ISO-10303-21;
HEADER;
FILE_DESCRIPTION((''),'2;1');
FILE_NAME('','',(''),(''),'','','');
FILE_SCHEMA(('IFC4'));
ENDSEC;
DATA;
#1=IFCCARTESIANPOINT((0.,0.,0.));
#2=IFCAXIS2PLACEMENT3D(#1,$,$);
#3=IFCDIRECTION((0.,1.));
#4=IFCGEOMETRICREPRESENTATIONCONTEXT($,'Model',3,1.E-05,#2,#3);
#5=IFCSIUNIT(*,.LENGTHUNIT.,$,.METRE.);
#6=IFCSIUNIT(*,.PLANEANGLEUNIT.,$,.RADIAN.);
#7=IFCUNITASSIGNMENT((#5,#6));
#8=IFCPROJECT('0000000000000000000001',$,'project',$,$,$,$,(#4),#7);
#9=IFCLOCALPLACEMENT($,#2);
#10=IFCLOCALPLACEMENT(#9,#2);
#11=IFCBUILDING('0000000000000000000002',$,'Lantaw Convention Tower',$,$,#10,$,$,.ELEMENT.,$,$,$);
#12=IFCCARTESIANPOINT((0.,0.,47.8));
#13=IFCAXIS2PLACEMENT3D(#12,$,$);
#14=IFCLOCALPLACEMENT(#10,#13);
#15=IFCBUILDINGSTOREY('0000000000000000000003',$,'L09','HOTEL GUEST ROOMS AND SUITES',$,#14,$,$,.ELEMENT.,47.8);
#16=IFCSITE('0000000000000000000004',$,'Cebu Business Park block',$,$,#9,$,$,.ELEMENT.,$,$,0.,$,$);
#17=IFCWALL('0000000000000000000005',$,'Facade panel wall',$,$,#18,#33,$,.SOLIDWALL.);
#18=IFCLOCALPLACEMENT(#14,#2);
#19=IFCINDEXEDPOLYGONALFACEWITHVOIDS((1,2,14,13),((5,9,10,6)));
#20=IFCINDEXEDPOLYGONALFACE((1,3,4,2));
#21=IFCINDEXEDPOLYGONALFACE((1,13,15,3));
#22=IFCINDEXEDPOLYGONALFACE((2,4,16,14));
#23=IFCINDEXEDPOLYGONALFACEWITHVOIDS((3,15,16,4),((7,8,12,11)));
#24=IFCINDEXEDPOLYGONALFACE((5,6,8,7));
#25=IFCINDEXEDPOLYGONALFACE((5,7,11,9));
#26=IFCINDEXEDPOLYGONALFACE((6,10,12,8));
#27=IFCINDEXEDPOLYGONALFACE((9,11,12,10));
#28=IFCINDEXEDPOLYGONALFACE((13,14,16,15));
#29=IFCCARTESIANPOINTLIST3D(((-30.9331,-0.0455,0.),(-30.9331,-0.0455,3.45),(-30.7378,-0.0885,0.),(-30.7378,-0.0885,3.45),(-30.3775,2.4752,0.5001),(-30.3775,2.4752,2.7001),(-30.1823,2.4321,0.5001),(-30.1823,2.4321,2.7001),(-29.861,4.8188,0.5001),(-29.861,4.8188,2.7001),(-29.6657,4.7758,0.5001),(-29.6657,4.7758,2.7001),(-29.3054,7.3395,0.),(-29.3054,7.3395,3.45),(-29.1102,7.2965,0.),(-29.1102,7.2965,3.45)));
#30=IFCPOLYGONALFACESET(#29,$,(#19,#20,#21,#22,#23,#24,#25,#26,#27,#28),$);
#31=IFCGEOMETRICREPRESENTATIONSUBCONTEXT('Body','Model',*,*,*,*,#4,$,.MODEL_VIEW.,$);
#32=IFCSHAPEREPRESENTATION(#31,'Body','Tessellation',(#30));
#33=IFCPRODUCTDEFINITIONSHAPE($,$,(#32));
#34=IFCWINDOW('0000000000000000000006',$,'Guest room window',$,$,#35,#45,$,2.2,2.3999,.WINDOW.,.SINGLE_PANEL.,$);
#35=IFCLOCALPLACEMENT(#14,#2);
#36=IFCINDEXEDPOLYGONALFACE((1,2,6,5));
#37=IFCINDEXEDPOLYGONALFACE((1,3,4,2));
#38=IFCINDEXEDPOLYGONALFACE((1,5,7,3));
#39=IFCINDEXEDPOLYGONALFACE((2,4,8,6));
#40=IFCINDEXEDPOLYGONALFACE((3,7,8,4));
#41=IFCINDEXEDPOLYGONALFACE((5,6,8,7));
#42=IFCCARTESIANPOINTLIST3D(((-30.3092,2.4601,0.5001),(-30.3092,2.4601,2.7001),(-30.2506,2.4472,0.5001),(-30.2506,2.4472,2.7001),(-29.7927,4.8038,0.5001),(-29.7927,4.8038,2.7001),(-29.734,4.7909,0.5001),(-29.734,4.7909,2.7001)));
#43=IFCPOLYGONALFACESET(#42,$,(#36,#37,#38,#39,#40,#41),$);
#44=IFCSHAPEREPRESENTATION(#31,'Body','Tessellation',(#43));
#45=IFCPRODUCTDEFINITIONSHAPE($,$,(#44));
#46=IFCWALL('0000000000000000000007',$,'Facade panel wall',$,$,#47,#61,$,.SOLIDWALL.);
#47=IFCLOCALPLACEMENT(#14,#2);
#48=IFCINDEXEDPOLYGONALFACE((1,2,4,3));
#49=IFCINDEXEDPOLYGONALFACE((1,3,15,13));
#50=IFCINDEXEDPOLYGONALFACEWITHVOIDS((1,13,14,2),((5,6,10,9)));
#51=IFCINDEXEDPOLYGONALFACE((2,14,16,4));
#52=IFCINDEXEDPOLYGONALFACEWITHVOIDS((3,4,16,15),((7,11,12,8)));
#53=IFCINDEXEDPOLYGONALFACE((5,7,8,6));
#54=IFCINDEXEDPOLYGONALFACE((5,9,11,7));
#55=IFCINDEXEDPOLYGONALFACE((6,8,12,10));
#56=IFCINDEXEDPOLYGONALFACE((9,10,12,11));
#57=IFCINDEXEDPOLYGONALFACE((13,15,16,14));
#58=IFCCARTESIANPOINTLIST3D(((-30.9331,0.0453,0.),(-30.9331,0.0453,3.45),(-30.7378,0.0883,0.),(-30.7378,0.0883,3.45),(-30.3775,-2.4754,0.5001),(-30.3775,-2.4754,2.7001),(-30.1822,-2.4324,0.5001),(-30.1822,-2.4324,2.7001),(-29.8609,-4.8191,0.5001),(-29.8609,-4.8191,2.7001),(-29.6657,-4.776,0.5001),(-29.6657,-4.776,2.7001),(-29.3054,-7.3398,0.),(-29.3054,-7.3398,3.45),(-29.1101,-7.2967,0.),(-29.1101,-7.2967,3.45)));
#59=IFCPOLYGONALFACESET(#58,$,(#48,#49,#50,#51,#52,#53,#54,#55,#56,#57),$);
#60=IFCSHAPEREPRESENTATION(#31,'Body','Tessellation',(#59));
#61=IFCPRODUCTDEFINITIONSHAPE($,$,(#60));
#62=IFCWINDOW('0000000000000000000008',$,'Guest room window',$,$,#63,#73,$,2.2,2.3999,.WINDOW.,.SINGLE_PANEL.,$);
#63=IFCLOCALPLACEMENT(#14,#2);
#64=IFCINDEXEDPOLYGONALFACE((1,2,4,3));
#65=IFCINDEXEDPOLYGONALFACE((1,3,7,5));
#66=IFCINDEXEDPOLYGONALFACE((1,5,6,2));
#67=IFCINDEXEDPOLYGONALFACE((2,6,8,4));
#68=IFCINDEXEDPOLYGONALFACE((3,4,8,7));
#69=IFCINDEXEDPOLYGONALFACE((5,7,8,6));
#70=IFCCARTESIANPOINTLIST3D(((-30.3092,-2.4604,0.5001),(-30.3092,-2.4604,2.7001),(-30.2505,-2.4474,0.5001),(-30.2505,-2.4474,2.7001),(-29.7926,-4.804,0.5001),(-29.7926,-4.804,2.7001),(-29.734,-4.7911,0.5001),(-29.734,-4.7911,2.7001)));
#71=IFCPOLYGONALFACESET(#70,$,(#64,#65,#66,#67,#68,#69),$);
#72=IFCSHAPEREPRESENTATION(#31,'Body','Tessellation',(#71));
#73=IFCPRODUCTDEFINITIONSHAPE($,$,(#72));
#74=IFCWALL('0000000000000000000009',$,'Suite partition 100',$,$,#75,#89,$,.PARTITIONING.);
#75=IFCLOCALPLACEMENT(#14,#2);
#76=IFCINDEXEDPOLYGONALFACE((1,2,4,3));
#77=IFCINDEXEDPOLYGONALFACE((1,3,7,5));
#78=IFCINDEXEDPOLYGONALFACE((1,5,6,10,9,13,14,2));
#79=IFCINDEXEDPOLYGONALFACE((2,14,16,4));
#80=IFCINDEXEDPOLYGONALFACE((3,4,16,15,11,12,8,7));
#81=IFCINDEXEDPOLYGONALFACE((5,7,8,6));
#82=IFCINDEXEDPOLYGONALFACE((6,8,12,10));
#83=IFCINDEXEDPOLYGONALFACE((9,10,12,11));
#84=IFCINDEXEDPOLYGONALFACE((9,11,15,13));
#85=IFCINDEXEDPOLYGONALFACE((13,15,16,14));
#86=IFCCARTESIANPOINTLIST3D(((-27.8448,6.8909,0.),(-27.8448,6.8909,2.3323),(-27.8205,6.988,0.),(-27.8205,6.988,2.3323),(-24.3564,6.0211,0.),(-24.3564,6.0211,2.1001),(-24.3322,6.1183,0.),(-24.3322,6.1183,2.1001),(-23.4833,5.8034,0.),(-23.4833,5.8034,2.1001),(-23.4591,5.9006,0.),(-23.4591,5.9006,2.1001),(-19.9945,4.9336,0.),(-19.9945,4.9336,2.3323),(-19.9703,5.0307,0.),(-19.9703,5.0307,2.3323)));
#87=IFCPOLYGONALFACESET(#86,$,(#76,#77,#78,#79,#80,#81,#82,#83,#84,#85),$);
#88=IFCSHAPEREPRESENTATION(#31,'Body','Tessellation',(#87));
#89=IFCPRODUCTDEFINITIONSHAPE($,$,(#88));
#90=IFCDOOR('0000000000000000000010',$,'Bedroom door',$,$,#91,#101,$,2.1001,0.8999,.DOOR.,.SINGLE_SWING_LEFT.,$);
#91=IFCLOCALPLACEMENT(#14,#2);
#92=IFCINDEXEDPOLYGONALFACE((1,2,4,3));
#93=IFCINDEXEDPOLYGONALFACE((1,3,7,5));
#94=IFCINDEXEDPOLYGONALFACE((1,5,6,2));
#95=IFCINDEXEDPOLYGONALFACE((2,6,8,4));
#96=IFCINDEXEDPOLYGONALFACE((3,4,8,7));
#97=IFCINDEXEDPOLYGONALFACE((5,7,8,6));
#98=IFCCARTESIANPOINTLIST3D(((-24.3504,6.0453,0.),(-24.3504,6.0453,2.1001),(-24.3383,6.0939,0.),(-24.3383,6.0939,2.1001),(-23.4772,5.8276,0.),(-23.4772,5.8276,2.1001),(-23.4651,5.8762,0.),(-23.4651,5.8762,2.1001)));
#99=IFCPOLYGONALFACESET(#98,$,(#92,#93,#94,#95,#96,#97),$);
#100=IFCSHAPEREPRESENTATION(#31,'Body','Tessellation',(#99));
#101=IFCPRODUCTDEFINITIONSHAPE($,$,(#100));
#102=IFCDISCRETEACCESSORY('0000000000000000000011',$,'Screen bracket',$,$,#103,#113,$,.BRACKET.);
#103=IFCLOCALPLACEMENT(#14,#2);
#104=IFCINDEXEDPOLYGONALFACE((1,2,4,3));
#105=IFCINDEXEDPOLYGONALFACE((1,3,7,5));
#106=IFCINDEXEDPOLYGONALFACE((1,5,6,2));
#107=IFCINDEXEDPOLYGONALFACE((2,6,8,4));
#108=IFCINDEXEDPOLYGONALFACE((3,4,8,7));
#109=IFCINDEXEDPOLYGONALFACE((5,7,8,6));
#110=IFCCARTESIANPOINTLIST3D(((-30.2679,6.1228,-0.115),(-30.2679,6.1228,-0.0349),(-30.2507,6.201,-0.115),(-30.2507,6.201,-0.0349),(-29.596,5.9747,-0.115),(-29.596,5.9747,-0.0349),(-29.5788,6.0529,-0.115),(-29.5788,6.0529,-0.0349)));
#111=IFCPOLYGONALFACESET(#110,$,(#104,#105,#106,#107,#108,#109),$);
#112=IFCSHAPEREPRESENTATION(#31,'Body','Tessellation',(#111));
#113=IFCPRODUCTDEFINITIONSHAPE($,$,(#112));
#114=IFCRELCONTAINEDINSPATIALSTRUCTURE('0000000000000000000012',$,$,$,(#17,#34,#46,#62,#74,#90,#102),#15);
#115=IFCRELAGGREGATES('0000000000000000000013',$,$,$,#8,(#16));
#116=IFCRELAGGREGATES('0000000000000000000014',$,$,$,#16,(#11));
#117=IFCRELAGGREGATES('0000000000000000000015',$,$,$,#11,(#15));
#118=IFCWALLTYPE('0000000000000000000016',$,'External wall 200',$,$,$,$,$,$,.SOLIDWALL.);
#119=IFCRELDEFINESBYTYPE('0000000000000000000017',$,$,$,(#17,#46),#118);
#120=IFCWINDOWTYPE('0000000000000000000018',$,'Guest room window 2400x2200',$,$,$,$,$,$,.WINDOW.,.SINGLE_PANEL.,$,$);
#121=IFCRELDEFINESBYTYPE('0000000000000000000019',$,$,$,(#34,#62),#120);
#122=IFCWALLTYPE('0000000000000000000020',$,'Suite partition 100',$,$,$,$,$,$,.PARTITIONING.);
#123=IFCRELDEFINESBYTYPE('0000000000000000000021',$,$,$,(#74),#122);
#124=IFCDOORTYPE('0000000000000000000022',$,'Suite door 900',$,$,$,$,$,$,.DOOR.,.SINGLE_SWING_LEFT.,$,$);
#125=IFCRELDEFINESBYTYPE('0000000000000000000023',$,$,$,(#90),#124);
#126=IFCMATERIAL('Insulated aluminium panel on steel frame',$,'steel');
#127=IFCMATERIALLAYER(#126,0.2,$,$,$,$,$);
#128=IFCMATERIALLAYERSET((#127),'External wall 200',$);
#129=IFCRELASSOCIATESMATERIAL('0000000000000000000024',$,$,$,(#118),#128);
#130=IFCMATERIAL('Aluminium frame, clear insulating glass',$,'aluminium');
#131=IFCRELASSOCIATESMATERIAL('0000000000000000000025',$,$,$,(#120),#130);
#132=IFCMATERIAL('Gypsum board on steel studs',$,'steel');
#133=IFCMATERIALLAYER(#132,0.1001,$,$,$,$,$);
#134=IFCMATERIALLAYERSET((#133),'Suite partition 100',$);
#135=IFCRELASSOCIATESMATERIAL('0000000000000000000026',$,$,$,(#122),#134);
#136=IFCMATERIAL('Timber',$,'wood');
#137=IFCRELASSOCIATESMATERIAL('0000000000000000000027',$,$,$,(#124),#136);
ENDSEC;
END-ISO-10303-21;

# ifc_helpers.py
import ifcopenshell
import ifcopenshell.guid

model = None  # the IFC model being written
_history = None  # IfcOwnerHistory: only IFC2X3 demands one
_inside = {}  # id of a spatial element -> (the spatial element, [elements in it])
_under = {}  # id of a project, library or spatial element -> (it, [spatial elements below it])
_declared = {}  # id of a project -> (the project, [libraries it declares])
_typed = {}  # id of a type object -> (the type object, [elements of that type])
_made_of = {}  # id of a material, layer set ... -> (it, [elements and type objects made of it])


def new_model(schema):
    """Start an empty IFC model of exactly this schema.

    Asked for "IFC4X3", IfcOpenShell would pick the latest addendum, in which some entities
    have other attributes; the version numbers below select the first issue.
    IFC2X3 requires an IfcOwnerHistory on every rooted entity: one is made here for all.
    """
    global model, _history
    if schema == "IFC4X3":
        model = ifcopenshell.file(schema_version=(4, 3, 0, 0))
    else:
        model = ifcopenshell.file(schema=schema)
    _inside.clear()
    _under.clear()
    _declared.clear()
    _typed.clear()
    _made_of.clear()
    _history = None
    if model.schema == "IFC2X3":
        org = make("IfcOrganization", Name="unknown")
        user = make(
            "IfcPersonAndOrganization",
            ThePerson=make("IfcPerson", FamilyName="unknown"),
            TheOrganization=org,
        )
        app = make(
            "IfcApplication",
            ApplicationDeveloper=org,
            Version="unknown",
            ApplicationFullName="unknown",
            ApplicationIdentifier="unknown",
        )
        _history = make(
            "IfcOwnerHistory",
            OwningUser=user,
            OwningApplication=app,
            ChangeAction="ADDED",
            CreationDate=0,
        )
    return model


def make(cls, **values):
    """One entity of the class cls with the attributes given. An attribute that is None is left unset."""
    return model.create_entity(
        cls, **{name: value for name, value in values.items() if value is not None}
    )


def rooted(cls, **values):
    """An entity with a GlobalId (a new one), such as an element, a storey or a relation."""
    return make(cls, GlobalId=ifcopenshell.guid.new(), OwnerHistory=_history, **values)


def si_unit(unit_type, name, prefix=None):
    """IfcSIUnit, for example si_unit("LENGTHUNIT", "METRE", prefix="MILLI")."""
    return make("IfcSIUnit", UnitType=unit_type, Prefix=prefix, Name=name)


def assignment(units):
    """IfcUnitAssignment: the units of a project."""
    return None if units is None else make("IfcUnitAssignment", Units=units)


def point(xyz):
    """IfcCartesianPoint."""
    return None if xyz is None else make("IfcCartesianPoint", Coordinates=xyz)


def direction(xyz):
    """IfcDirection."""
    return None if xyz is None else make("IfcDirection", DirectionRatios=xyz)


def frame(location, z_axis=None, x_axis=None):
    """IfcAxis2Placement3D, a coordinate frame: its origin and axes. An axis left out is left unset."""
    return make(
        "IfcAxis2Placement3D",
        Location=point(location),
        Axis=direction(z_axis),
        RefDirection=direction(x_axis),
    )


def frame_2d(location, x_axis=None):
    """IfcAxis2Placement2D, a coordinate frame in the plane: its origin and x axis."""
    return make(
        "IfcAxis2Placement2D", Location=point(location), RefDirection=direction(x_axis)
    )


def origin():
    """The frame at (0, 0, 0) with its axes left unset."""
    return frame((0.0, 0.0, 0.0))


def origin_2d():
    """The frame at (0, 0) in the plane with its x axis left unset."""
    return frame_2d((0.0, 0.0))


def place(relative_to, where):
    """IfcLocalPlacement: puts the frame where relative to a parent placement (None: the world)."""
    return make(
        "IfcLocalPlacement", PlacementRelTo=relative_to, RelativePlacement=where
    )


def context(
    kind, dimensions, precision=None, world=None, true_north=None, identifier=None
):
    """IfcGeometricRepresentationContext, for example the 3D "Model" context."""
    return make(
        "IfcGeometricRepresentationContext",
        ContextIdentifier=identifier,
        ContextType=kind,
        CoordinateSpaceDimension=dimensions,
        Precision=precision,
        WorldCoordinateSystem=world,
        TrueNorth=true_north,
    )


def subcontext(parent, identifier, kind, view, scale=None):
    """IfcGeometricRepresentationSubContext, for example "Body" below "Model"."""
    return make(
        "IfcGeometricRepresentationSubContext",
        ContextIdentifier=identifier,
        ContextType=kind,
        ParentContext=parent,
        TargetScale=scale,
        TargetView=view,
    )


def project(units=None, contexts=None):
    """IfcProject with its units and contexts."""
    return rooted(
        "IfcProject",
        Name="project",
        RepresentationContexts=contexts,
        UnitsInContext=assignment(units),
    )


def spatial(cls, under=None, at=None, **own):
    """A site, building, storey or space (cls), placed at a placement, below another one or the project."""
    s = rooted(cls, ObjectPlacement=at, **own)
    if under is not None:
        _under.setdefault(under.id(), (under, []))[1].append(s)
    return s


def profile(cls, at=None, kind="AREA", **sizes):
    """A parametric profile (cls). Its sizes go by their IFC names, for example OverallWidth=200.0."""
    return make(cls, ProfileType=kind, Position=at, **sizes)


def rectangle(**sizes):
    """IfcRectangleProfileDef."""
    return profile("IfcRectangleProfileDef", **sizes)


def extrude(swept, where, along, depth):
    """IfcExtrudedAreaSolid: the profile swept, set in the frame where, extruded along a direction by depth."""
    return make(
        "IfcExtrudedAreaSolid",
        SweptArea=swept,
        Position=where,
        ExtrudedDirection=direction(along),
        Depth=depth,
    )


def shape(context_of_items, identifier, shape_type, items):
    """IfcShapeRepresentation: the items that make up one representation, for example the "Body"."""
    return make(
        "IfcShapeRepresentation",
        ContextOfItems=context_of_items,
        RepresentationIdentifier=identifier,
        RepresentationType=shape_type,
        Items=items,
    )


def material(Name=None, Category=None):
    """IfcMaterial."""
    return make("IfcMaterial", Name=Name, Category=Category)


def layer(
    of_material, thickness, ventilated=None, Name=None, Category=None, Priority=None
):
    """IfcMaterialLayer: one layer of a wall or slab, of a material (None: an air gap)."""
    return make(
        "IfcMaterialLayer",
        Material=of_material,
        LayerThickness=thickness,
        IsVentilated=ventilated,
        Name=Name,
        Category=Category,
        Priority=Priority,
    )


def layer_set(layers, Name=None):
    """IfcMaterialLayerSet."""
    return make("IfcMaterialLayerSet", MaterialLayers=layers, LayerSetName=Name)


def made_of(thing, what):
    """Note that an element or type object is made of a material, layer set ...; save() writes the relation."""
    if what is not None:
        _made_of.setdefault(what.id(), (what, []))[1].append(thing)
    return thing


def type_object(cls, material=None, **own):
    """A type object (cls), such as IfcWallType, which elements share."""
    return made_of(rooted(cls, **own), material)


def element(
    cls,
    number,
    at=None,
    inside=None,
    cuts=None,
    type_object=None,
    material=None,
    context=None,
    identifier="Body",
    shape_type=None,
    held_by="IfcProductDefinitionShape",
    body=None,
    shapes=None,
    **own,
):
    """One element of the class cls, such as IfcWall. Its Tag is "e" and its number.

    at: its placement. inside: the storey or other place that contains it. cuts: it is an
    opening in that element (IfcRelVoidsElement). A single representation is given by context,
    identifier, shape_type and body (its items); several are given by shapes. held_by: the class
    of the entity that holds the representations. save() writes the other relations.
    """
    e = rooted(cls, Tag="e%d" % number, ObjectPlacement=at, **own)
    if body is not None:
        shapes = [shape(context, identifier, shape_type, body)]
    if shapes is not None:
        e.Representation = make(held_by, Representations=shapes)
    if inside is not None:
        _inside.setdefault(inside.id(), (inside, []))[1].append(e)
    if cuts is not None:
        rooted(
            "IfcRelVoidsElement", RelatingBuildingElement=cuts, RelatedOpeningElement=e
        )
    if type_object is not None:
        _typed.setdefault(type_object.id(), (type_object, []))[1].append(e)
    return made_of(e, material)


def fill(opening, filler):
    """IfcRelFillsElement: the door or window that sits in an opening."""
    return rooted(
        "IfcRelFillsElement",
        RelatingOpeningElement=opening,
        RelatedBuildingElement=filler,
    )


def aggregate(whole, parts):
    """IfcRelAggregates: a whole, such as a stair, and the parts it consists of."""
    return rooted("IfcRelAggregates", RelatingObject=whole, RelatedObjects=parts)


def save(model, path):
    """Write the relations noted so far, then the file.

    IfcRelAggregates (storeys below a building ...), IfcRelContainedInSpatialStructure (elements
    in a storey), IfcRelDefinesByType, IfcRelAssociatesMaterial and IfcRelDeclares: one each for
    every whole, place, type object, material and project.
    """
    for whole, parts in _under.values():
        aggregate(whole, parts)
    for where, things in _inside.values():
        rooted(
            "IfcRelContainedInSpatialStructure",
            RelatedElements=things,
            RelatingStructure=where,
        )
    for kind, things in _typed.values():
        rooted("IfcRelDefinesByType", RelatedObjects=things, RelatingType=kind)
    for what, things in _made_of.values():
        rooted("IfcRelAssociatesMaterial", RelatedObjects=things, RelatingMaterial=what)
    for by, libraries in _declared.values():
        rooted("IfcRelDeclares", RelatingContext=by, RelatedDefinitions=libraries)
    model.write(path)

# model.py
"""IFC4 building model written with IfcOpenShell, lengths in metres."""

from ifc_helpers import new_model, si_unit, direction, frame, frame_2d, origin, origin_2d, place, context, subcontext, project, spatial, rectangle, extrude, material, layer, layer_set, type_object, element, fill, save


model = new_model("IFC4")

# Units and contexts
model_context = context("Model", 3, precision=1e-05, world=origin(), true_north=direction((0.0, 1.0)))
body_context = subcontext(model_context, "Body", "Model", "MODEL_VIEW")
ifc_project = project(units=[si_unit("LENGTHUNIT", "METRE"), si_unit("PLANEANGLEUNIT", "RADIAN")], contexts=[model_context])

# Site, building, storey
site_placement = place(None, origin())
site = spatial("IfcSite", under=ifc_project, at=site_placement, Name="Cebu Business Park block", CompositionType="ELEMENT", RefElevation=0.0)
building_placement = place(site_placement, origin())
building = spatial("IfcBuilding", under=site, at=building_placement, Name="Lantaw Convention Tower", CompositionType="ELEMENT")
storey_placement = place(building_placement, frame((0.0, 0.0, 47.8)))
storey = spatial("IfcBuildingStorey", under=building, at=storey_placement, Name="L09", Description="HOTEL GUEST ROOMS AND SUITES", CompositionType="ELEMENT", Elevation=47.8)

# Walls, openings, windows
ifc_material_1 = material(Name="Insulated aluminium panel on steel frame", Category="steel")
ifc_layer_1 = layer(ifc_material_1, 0.2)
ifc_layer_set_1 = layer_set([ifc_layer_1], Name="External wall 200")
wall_type_1 = type_object("IfcWallType", Name="External wall 200", PredefinedType="SOLIDWALL", material=ifc_layer_set_1)
wall_1_placement = place(storey_placement, frame((-29.2078, 7.3181, 0.0), z_axis=(0.0, 0.0, 1.0), x_axis=(-0.215238, -0.976562, 0.0)))
wall_1 = element("IfcWall", 1, at=wall_1_placement, inside=storey, type_object=wall_type_1, Name="Facade panel wall", PredefinedType="SOLIDWALL", context=body_context, shape_type="SweptSolid", body=[
    extrude(rectangle(XDim=7.5623, YDim=0.2, at=frame_2d((3.7812, 0.0))), origin(), (0.0, 0.0, 1.0), 3.45),
])
opening_1_placement = place(wall_1_placement, frame((2.5813, 0.0, 0.5)))
opening_1 = element("IfcOpeningElement", 2, at=opening_1_placement, cuts=wall_1, PredefinedType="OPENING", context=body_context, shape_type="SweptSolid", body=[
    extrude(rectangle(XDim=2.3999, YDim=2.2, at=frame_2d((1.2, 1.1001))), frame((0.0, 0.1099, 0.0), z_axis=(0.0, -1.0, 0.0), x_axis=(1.0, 0.0, 0.0)), (0.0, 0.0, 1.0), 0.22),
])
ifc_material_2 = material(Name="Aluminium frame, clear insulating glass", Category="aluminium")
window_type = type_object("IfcWindowType", Name="Guest room window 2400x2200", PartitioningType="SINGLE_PANEL", PredefinedType="WINDOW", material=ifc_material_2)
window_1_placement = place(opening_1_placement, origin())
window_1 = element("IfcWindow", 3, at=window_1_placement, inside=storey, type_object=window_type, Name="Guest room window", OverallHeight=2.2, OverallWidth=2.3999, PartitioningType="SINGLE_PANEL", PredefinedType="WINDOW", context=body_context, shape_type="SweptSolid", body=[
    extrude(rectangle(XDim=2.3999, YDim=2.2, at=frame_2d((1.2, 1.1001))), frame((0.0, 0.03, 0.0), z_axis=(0.0, -1.0, 0.0), x_axis=(1.0, 0.0, 0.0)), (0.0, 0.0, 1.0), 0.0601),
])
fill(opening_1, window_1)
wall_2_placement = place(storey_placement, frame((-30.8354, 0.0669, 0.0), z_axis=(0.0, 0.0, 1.0), x_axis=(0.215238, -0.976562, 0.0)))
wall_2 = element("IfcWall", 4, at=wall_2_placement, inside=storey, type_object=wall_type_1, Name="Facade panel wall", PredefinedType="SOLIDWALL", context=body_context, shape_type="SweptSolid", body=[
    extrude(rectangle(XDim=7.5623, YDim=0.2, at=frame_2d((3.7812, 0.0))), origin(), (0.0, 0.0, 1.0), 3.45),
])
opening_2_placement = place(wall_2_placement, frame((2.5813, 0.0, 0.5)))
opening_2 = element("IfcOpeningElement", 5, at=opening_2_placement, cuts=wall_2, PredefinedType="OPENING", context=body_context, shape_type="SweptSolid", body=[
    extrude(rectangle(XDim=2.3999, YDim=2.2, at=frame_2d((1.2, 1.1001))), frame((0.0, 0.1099, 0.0), z_axis=(0.0, -1.0, 0.0), x_axis=(1.0, 0.0, 0.0)), (0.0, 0.0, 1.0), 0.22),
])
window_2_placement = place(opening_2_placement, origin())
window_2 = element("IfcWindow", 6, at=window_2_placement, inside=storey, type_object=window_type, Name="Guest room window", OverallHeight=2.2, OverallWidth=2.3999, PartitioningType="SINGLE_PANEL", PredefinedType="WINDOW", context=body_context, shape_type="SweptSolid", body=[
    extrude(rectangle(XDim=2.3999, YDim=2.2, at=frame_2d((1.2, 1.1001))), frame((0.0, 0.03, 0.0), z_axis=(0.0, -1.0, 0.0), x_axis=(1.0, 0.0, 0.0)), (0.0, 0.0, 1.0), 0.0601),
])
fill(opening_2, window_2)

# Wall, opening, door
ifc_material_3 = material(Name="Gypsum board on steel studs", Category="steel")
ifc_layer_2 = layer(ifc_material_3, 0.1001)
ifc_layer_set_2 = layer_set([ifc_layer_2], Name="Suite partition 100")
wall_type_2 = type_object("IfcWallType", Name="Suite partition 100", PredefinedType="PARTITIONING", material=ifc_layer_set_2)
wall_3_placement = place(storey_placement, frame((-27.8328, 6.9395, 0.0), z_axis=(0.0, 0.0, 1.0), x_axis=(0.970297, -0.241918, 0.0)))
wall_3 = element("IfcWall", 7, at=wall_3_placement, inside=storey, type_object=wall_type_2, Name="Suite partition 100", PredefinedType="PARTITIONING", context=body_context, shape_type="SweptSolid", body=[
    extrude(rectangle(XDim=8.0906, YDim=0.1001, at=frame_2d((4.0454, 0.0))), origin(), (0.0, 0.0, 1.0), 2.3323),
])
opening_3_placement = place(wall_3_placement, frame((3.5952, 0.0, 0.0)))
opening_3 = element("IfcOpeningElement", 8, at=opening_3_placement, cuts=wall_3, PredefinedType="OPENING", context=body_context, shape_type="SweptSolid", body=[
    extrude(rectangle(XDim=0.8999, YDim=2.1001, at=frame_2d((0.45, 1.05))), frame((0.0, 0.0601, 0.0), z_axis=(0.0, -1.0, 0.0), x_axis=(1.0, 0.0, 0.0)), (0.0, 0.0, 1.0), 0.1201),
])
ifc_material_4 = material(Name="Timber", Category="wood")
door_type_1 = type_object("IfcDoorType", Name="Suite door 900", OperationType="SINGLE_SWING_LEFT", PredefinedType="DOOR", material=ifc_material_4)
door_1_placement = place(opening_3_placement, origin())
door_1 = element("IfcDoor", 9, at=door_1_placement, inside=storey, type_object=door_type_1, Name="Bedroom door", OperationType="SINGLE_SWING_LEFT", OverallHeight=2.1001, OverallWidth=0.8999, PredefinedType="DOOR", context=body_context, shape_type="SweptSolid", body=[
    extrude(rectangle(XDim=0.8999, YDim=2.1001, at=frame_2d((0.45, 1.05))), frame((0.0, 0.0249, 0.0), z_axis=(0.0, -1.0, 0.0), x_axis=(1.0, 0.0, 0.0)), (0.0, 0.0, 1.0), 0.05),
])
fill(opening_3, door_1)

# Discrete accessory
discrete_accessory_placement = place(storey_placement, frame((-29.9233, 6.0879, -0.115), z_axis=(0.0, 0.0, 1.0), x_axis=(-0.215246, -0.97656, 0.0)))
element("IfcDiscreteAccessory", 10, at=discrete_accessory_placement, inside=storey, Name="Screen bracket", PredefinedType="BRACKET", context=body_context, shape_type="SweptSolid", body=[
    extrude(rectangle(XDim=0.0801, YDim=0.688, at=origin_2d()), origin(), (0.0, 0.0, 1.0), 0.0801),
])

save(model, "model.ifc")
